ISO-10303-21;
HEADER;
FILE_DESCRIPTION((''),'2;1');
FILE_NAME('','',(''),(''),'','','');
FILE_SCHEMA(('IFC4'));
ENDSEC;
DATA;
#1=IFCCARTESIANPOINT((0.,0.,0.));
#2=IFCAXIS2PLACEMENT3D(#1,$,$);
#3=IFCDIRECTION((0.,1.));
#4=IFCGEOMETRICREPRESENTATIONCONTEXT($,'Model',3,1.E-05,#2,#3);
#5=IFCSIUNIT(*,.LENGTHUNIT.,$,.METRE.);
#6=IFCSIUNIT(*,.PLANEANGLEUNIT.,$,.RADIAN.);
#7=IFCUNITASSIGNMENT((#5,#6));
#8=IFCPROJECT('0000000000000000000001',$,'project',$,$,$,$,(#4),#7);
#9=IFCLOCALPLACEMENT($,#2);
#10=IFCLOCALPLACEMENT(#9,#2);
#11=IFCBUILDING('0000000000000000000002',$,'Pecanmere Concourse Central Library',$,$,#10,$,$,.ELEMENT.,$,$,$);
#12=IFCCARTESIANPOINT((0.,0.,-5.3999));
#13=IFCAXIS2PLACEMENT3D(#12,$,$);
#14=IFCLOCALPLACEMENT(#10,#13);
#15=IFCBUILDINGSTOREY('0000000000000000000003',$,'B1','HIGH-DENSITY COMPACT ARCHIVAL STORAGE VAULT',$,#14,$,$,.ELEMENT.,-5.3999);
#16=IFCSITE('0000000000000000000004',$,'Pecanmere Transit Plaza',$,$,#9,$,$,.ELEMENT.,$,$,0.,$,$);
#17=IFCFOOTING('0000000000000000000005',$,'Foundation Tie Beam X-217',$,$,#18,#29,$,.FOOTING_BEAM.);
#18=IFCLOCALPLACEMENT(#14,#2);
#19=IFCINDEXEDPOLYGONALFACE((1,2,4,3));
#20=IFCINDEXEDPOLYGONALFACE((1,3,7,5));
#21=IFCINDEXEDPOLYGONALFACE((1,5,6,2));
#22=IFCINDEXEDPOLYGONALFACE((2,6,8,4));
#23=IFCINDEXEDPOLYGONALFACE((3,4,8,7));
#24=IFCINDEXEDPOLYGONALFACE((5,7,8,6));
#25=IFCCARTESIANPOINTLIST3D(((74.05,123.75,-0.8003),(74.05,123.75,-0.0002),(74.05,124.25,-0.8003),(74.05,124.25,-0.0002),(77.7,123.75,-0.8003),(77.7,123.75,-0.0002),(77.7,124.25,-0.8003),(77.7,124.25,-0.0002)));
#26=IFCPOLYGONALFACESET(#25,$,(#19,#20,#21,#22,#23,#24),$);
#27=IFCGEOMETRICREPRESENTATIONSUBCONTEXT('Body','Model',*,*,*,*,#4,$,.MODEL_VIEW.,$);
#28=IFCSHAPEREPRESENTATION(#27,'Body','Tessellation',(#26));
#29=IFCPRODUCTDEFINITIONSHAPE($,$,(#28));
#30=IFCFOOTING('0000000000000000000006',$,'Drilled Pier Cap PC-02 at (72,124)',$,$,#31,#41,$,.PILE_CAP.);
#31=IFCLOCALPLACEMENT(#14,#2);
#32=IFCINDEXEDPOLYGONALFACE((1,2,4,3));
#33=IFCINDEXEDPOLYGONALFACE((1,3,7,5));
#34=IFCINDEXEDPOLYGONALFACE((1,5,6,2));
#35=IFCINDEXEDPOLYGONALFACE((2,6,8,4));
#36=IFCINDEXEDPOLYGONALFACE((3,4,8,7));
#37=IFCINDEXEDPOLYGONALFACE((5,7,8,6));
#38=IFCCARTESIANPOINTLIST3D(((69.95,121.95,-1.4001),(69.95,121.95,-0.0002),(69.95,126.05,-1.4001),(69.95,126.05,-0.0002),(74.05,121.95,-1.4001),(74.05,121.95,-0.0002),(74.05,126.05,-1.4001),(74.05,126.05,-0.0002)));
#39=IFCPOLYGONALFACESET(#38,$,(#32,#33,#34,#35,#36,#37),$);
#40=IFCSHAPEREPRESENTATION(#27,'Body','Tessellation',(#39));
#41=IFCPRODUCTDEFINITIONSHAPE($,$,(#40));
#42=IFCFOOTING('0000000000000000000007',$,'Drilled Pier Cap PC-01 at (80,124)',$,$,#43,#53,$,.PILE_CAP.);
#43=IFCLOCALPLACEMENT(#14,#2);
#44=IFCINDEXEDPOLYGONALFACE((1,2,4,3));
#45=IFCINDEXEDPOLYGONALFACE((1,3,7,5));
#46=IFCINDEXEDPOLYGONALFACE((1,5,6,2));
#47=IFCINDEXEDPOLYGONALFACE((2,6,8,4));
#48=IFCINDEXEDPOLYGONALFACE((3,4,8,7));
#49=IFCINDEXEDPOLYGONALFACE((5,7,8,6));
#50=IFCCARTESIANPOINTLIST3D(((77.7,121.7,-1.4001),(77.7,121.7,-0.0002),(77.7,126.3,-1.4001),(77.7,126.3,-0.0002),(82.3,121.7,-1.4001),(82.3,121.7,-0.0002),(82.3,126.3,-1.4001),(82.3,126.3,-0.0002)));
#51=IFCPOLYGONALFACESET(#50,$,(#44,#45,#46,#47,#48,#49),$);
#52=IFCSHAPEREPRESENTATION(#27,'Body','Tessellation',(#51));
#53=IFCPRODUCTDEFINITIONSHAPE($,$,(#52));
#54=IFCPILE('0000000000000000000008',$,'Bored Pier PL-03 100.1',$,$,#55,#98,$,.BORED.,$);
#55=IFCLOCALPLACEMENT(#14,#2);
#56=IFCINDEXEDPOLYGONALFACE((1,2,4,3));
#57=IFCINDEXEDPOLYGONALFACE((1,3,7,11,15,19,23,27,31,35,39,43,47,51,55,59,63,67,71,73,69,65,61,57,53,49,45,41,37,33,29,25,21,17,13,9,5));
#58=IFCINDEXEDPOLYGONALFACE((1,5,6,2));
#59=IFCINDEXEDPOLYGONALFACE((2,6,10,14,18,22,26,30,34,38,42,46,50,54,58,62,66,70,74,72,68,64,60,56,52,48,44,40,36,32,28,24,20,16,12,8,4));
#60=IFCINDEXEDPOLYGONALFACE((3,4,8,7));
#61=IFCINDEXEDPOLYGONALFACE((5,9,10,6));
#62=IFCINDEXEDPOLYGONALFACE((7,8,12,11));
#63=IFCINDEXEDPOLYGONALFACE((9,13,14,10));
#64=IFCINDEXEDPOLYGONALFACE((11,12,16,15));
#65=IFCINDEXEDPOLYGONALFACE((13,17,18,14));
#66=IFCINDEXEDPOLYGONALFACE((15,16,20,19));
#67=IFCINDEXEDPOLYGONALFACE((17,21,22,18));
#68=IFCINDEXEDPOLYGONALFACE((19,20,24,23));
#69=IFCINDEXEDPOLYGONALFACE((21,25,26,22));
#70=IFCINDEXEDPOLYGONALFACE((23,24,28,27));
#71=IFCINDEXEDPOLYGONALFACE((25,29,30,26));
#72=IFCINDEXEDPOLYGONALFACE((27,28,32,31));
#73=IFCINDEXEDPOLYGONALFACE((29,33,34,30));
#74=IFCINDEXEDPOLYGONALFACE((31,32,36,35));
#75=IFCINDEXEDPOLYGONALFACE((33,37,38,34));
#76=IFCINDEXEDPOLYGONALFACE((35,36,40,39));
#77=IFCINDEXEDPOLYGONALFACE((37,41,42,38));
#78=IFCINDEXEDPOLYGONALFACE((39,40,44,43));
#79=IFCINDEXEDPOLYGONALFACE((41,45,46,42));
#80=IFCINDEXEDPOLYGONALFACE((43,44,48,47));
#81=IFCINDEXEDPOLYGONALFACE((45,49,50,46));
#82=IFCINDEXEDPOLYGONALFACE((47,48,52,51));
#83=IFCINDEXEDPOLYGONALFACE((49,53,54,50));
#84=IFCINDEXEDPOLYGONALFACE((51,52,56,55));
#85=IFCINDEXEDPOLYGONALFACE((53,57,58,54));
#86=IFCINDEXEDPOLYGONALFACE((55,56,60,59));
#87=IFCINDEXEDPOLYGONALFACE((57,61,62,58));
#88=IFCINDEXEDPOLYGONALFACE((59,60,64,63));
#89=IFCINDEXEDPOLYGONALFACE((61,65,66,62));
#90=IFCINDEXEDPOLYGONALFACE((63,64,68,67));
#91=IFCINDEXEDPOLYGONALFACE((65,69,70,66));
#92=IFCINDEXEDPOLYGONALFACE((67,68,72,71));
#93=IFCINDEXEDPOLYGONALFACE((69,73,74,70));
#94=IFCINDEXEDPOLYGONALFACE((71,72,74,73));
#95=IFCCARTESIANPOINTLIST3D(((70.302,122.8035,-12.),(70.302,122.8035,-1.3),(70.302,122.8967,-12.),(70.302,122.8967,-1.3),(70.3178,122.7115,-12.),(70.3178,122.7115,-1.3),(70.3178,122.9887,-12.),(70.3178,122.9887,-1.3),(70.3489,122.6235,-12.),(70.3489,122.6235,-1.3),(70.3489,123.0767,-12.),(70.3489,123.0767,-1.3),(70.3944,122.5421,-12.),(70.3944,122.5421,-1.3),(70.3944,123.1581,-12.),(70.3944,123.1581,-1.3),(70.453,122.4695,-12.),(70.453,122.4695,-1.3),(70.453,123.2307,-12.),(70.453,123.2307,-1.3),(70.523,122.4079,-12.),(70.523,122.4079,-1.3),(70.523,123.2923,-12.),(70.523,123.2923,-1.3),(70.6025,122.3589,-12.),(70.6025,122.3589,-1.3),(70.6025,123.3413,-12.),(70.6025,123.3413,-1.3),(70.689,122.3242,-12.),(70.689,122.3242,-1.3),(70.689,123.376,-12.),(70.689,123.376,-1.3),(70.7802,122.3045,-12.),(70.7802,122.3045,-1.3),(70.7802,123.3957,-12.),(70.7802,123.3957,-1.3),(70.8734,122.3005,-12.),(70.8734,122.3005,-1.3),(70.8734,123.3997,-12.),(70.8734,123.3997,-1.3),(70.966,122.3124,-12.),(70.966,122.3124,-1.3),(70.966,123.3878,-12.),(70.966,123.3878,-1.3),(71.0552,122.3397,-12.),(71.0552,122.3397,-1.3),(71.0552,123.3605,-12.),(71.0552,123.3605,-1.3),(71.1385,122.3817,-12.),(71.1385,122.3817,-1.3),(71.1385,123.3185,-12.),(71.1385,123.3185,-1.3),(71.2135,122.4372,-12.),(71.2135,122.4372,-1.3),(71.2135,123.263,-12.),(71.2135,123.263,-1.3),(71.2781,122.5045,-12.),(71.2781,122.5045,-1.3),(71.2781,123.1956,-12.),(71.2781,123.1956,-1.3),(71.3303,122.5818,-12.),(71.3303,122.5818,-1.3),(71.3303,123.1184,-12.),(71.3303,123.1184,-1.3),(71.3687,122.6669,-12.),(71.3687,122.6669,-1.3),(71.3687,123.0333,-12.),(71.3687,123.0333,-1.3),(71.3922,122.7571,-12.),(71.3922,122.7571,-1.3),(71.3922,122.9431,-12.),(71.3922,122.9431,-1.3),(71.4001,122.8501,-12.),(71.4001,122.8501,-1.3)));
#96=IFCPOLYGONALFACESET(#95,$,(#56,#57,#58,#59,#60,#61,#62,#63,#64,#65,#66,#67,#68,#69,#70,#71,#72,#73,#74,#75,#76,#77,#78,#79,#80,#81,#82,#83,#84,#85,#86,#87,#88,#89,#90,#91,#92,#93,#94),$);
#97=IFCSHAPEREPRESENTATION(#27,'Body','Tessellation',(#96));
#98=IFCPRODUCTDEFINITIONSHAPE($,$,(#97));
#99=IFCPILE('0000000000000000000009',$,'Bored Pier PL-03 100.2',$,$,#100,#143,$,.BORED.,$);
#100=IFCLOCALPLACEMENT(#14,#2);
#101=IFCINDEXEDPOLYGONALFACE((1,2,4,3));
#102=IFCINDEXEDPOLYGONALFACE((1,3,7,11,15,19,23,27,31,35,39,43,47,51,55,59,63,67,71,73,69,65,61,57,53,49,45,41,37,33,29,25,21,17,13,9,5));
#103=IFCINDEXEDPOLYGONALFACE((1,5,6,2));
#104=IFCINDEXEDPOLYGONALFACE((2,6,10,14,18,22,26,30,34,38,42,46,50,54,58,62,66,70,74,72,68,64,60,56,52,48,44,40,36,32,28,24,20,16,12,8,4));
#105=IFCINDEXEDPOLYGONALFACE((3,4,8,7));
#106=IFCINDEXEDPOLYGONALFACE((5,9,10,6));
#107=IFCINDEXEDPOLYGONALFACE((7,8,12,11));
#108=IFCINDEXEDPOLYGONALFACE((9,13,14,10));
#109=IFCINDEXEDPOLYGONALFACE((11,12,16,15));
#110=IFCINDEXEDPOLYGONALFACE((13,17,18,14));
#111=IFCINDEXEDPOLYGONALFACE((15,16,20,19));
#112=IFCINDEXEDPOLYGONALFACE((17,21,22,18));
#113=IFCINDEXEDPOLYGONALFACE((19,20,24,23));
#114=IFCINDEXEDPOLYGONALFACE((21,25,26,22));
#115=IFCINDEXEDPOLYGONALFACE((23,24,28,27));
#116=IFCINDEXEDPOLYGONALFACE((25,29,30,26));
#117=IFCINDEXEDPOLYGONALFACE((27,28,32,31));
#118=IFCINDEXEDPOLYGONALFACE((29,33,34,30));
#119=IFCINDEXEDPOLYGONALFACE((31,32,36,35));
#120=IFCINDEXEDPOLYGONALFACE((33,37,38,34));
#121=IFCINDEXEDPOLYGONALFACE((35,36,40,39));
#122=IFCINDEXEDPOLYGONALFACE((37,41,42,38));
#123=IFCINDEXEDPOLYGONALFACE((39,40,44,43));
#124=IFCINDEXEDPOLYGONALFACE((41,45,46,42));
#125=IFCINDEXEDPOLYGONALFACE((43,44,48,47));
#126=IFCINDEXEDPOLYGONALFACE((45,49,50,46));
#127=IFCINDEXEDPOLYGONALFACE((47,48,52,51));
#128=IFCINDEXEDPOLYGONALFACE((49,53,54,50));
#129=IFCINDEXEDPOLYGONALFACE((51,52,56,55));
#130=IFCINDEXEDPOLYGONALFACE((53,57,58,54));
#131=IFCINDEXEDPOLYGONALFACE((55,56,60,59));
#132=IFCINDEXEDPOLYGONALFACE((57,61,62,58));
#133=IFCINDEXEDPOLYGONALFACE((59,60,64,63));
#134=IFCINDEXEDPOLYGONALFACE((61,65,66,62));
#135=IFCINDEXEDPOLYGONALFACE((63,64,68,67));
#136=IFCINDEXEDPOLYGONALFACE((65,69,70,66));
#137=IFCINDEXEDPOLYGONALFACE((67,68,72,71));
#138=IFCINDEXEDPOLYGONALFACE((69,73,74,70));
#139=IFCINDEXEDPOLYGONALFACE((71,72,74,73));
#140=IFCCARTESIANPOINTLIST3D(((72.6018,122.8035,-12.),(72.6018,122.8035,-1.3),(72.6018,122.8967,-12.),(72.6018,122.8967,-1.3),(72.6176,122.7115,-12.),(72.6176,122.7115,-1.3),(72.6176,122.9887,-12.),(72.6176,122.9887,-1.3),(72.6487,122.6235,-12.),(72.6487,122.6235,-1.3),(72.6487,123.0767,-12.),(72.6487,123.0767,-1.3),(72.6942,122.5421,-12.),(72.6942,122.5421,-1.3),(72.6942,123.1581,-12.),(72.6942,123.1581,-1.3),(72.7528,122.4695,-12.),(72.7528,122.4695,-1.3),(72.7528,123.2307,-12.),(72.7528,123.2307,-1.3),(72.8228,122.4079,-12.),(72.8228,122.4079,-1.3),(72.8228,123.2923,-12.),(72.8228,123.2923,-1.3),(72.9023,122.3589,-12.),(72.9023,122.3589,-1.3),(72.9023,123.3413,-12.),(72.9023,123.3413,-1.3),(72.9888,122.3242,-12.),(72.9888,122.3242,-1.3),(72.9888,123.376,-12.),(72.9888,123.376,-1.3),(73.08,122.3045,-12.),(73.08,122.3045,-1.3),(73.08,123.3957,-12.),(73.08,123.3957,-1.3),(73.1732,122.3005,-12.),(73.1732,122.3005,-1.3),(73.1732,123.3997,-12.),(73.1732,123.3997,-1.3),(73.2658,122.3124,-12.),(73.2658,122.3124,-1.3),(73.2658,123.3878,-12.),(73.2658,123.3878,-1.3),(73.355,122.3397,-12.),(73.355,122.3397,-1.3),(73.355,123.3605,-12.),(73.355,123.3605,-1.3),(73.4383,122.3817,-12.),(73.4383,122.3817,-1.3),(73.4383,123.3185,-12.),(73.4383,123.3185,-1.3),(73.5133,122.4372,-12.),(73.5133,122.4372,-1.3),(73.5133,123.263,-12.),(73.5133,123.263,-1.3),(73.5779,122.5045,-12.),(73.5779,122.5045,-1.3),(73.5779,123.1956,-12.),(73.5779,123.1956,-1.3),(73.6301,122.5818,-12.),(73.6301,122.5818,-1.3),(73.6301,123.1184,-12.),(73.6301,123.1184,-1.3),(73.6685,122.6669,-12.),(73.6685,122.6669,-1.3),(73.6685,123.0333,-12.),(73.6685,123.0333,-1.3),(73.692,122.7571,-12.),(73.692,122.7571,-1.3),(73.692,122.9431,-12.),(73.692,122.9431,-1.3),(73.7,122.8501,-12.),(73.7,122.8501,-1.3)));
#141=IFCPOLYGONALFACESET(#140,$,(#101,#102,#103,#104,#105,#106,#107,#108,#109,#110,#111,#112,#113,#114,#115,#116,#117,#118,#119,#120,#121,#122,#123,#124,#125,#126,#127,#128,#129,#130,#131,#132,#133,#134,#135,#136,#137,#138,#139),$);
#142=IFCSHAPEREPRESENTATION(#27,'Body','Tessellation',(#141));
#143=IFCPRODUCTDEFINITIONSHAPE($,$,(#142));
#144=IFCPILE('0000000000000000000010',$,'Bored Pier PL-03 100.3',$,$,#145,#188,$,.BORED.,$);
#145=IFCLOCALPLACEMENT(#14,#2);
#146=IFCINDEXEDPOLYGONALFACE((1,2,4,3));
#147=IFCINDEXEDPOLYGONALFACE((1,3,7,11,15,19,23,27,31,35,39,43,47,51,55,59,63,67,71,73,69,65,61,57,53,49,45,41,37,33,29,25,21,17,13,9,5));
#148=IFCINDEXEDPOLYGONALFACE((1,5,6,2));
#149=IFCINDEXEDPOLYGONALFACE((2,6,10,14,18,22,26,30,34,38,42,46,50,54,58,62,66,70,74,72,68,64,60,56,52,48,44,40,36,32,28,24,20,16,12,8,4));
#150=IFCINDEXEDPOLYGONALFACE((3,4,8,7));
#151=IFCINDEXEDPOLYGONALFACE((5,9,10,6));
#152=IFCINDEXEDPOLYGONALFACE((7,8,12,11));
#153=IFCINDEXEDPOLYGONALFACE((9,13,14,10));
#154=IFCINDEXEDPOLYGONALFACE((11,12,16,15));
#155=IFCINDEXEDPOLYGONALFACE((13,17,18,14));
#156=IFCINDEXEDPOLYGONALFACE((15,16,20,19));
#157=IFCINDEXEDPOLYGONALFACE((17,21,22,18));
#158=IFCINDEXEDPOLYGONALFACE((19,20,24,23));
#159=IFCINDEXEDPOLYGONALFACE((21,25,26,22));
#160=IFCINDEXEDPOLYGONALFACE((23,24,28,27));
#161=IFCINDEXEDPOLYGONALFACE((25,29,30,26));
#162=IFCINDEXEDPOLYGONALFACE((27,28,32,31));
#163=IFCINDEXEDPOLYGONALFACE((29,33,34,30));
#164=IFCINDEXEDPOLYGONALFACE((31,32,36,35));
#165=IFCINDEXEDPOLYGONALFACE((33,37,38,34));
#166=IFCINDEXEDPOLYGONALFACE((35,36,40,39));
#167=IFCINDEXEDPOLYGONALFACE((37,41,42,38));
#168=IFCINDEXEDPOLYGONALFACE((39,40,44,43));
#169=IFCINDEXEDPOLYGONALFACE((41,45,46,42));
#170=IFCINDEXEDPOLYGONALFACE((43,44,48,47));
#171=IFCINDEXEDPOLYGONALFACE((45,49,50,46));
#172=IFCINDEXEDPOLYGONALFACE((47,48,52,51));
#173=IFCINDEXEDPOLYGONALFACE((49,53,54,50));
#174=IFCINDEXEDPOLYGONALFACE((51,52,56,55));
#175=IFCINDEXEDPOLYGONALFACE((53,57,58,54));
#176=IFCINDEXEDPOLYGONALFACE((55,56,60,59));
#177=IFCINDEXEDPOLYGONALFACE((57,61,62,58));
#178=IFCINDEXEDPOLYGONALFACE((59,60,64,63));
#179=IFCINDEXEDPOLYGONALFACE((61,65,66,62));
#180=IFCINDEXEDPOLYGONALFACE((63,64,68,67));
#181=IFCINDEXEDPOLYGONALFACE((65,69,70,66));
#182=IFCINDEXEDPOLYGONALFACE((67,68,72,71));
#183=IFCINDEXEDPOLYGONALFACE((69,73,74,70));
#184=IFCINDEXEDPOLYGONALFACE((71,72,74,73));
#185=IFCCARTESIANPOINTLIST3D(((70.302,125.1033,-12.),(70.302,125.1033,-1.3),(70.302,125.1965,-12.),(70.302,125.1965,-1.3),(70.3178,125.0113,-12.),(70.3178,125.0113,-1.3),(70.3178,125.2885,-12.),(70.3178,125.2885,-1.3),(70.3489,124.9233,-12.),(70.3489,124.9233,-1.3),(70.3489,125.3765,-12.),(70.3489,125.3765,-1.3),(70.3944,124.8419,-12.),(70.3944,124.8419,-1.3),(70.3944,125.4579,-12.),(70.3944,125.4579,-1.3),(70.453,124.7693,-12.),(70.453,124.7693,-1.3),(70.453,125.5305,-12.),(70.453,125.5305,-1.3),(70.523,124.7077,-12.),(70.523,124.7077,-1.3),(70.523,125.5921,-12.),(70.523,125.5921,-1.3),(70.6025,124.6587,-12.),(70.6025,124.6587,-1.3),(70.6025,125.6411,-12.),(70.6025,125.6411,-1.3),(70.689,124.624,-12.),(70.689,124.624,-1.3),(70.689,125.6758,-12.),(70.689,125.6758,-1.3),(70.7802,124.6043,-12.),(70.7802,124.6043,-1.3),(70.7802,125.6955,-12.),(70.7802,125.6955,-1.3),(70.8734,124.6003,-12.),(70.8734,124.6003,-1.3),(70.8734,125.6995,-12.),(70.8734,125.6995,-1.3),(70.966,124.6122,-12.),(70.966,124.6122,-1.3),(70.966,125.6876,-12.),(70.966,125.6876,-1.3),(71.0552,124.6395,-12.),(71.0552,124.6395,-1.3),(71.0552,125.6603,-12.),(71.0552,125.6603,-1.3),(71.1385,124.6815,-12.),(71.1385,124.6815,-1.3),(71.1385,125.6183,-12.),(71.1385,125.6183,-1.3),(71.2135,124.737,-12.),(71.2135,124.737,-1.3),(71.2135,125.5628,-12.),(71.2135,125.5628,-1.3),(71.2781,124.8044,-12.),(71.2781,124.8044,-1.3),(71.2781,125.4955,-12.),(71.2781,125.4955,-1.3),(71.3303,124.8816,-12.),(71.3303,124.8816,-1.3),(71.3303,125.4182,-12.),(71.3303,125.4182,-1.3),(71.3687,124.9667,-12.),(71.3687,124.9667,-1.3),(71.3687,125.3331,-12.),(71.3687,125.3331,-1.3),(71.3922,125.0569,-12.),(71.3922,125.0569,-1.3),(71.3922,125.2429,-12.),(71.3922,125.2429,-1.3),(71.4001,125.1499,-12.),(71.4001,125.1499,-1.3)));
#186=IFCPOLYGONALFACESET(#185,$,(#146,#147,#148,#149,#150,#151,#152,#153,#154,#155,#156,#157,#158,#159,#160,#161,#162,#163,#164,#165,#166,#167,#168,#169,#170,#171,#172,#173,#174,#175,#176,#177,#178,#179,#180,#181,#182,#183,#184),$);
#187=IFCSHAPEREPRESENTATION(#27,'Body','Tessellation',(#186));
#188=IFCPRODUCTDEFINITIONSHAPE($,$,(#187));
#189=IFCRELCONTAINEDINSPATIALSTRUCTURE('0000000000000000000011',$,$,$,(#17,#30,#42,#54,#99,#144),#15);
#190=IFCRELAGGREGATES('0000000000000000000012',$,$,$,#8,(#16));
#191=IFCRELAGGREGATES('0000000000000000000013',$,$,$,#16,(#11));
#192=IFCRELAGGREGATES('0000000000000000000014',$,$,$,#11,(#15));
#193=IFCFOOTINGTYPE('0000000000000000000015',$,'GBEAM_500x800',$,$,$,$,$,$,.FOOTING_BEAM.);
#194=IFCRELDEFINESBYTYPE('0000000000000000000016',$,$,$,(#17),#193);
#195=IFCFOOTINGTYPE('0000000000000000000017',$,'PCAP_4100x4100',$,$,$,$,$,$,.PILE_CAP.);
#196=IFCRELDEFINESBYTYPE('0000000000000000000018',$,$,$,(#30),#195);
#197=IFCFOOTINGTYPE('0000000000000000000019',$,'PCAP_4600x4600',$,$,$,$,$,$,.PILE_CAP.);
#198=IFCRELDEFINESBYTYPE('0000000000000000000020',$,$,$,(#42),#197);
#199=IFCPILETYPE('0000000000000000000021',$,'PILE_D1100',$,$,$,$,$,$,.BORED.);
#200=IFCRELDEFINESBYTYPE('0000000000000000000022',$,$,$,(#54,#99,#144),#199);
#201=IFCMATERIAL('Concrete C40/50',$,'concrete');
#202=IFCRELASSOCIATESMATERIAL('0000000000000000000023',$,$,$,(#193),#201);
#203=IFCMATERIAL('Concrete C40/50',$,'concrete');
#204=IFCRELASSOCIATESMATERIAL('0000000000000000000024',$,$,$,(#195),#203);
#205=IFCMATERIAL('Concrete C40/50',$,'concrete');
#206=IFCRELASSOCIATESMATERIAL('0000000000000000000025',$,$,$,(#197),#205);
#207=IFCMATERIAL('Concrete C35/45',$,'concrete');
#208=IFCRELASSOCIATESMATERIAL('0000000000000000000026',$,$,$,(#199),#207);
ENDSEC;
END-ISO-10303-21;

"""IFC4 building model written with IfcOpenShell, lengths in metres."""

from ifc_helpers import new_model, si_unit, direction, frame, origin, origin_2d, place, context, subcontext, project, spatial, rectangle, circle, extrude, material, material_profile, profile_set, type_object, element, save


model = new_model("IFC4")

# Units and contexts
model_context = context("Model", 3, precision=1e-05, world=origin(), true_north=direction((0.0, 1.0)))
body_context = subcontext(model_context, "Body", "Model", "MODEL_VIEW")
ifc_project = project(units=[si_unit("LENGTHUNIT", "METRE"), si_unit("PLANEANGLEUNIT", "RADIAN")], contexts=[model_context])

# Site, building, storey
site_placement = place(None, origin())
site = spatial("IfcSite", under=ifc_project, at=site_placement, Name="Pecanmere Transit Plaza", CompositionType="ELEMENT", RefElevation=0.0)
building_placement = place(site_placement, origin())
building = spatial("IfcBuilding", under=site, at=building_placement, Name="Pecanmere Concourse Central Library", CompositionType="ELEMENT")
storey_placement = place(building_placement, frame((0.0, 0.0, -5.3999)))
storey = spatial("IfcBuildingStorey", under=building, at=storey_placement, Name="B1", Description="HIGH-DENSITY COMPACT ARCHIVAL STORAGE VAULT", CompositionType="ELEMENT", Elevation=-5.3999)

# Footings
ifc_material_1 = material(Name="Concrete C40/50", Category="concrete")
ifc_material_profile_1 = material_profile(ifc_material_1, rectangle(XDim=0.5, YDim=0.8, at=origin_2d()), Name="RC 500x800")
ifc_profile_set_1 = profile_set([ifc_material_profile_1], Name="Concrete C40/50")
footing_type_1 = type_object("IfcFootingType", Name="GBEAM_500x800", PredefinedType="FOOTING_BEAM", material=ifc_profile_set_1)
footing_1_placement = place(storey_placement, frame((75.875, 124.0, -0.8003), z_axis=(0.0, 0.0, 1.0), x_axis=(1.0, 0.0, 0.0)))
element("IfcFooting", 1, at=footing_1_placement, inside=storey, type_object=footing_type_1, Name="Foundation Tie Beam X-217", PredefinedType="FOOTING_BEAM", context=body_context, shape_type="SweptSolid", body=[
    extrude(rectangle(XDim=3.6499, YDim=0.5, at=origin_2d()), origin(), (0.0, 0.0, 1.0), 0.8),
])
ifc_material_2 = material(Name="Concrete C40/50", Category="concrete")
footing_type_2 = type_object("IfcFootingType", Name="PCAP_4100x4100", PredefinedType="PILE_CAP", material=ifc_material_2)
footing_2_placement = place(storey_placement, frame((72.0, 124.0, -1.4001), z_axis=(0.0, 0.0, 1.0), x_axis=(1.0, 0.0, 0.0)))
element("IfcFooting", 2, at=footing_2_placement, inside=storey, type_object=footing_type_2, Name="Drilled Pier Cap PC-02 at (72,124)", PredefinedType="PILE_CAP", context=body_context, shape_type="SweptSolid", body=[
    extrude(rectangle(XDim=4.1001, YDim=4.1001, at=origin_2d()), origin(), (0.0, 0.0, 1.0), 1.3999),
])
ifc_material_3 = material(Name="Concrete C40/50", Category="concrete")
footing_type_3 = type_object("IfcFootingType", Name="PCAP_4600x4600", PredefinedType="PILE_CAP", material=ifc_material_3)
footing_3_placement = place(storey_placement, frame((80.0, 124.0, -1.4001), z_axis=(0.0, 0.0, 1.0), x_axis=(1.0, 0.0, 0.0)))
element("IfcFooting", 3, at=footing_3_placement, inside=storey, type_object=footing_type_3, Name="Drilled Pier Cap PC-01 at (80,124)", PredefinedType="PILE_CAP", context=body_context, shape_type="SweptSolid", body=[
    extrude(rectangle(XDim=4.6001, YDim=4.6001, at=origin_2d()), origin(), (0.0, 0.0, 1.0), 1.3999),
])

# Piles
ifc_material_4 = material(Name="Concrete C35/45", Category="concrete")
ifc_material_profile_2 = material_profile(ifc_material_4, circle(Radius=0.55, at=origin_2d()), Name="PIER D1100")
ifc_profile_set_2 = profile_set([ifc_material_profile_2], Name="Concrete C35/45")
pile_type_1 = type_object("IfcPileType", Name="PILE_D1100", PredefinedType="BORED", material=ifc_profile_set_2)
for number, where, z_axis, x_axis, name in (
    (4, (70.8501, 122.8501, -1.3), (0.0, 0.0, -1.0), (1.0, 0.0, 0.0), "Bored Pier PL-03 100.1"),
    (5, (73.1499, 122.8501, -1.3), (0.0, 0.0, -1.0), (1.0, 0.0, 0.0), "Bored Pier PL-03 100.2"),
    (6, (70.8501, 125.1499, -1.3), (0.0, 0.0, -1.0), (1.0, 0.0, 0.0), "Bored Pier PL-03 100.3"),
):
    element("IfcPile", number, at=place(storey_placement, frame(where, z_axis=z_axis, x_axis=x_axis)), inside=storey, type_object=pile_type_1, Name=name, PredefinedType="BORED", context=body_context, shape_type="SweptSolid", body=[
        extrude(circle(Radius=0.55, at=origin_2d()), origin(), (0.0, 0.0, 1.0), 10.7),
    ])

save(model, "model.ifc")
